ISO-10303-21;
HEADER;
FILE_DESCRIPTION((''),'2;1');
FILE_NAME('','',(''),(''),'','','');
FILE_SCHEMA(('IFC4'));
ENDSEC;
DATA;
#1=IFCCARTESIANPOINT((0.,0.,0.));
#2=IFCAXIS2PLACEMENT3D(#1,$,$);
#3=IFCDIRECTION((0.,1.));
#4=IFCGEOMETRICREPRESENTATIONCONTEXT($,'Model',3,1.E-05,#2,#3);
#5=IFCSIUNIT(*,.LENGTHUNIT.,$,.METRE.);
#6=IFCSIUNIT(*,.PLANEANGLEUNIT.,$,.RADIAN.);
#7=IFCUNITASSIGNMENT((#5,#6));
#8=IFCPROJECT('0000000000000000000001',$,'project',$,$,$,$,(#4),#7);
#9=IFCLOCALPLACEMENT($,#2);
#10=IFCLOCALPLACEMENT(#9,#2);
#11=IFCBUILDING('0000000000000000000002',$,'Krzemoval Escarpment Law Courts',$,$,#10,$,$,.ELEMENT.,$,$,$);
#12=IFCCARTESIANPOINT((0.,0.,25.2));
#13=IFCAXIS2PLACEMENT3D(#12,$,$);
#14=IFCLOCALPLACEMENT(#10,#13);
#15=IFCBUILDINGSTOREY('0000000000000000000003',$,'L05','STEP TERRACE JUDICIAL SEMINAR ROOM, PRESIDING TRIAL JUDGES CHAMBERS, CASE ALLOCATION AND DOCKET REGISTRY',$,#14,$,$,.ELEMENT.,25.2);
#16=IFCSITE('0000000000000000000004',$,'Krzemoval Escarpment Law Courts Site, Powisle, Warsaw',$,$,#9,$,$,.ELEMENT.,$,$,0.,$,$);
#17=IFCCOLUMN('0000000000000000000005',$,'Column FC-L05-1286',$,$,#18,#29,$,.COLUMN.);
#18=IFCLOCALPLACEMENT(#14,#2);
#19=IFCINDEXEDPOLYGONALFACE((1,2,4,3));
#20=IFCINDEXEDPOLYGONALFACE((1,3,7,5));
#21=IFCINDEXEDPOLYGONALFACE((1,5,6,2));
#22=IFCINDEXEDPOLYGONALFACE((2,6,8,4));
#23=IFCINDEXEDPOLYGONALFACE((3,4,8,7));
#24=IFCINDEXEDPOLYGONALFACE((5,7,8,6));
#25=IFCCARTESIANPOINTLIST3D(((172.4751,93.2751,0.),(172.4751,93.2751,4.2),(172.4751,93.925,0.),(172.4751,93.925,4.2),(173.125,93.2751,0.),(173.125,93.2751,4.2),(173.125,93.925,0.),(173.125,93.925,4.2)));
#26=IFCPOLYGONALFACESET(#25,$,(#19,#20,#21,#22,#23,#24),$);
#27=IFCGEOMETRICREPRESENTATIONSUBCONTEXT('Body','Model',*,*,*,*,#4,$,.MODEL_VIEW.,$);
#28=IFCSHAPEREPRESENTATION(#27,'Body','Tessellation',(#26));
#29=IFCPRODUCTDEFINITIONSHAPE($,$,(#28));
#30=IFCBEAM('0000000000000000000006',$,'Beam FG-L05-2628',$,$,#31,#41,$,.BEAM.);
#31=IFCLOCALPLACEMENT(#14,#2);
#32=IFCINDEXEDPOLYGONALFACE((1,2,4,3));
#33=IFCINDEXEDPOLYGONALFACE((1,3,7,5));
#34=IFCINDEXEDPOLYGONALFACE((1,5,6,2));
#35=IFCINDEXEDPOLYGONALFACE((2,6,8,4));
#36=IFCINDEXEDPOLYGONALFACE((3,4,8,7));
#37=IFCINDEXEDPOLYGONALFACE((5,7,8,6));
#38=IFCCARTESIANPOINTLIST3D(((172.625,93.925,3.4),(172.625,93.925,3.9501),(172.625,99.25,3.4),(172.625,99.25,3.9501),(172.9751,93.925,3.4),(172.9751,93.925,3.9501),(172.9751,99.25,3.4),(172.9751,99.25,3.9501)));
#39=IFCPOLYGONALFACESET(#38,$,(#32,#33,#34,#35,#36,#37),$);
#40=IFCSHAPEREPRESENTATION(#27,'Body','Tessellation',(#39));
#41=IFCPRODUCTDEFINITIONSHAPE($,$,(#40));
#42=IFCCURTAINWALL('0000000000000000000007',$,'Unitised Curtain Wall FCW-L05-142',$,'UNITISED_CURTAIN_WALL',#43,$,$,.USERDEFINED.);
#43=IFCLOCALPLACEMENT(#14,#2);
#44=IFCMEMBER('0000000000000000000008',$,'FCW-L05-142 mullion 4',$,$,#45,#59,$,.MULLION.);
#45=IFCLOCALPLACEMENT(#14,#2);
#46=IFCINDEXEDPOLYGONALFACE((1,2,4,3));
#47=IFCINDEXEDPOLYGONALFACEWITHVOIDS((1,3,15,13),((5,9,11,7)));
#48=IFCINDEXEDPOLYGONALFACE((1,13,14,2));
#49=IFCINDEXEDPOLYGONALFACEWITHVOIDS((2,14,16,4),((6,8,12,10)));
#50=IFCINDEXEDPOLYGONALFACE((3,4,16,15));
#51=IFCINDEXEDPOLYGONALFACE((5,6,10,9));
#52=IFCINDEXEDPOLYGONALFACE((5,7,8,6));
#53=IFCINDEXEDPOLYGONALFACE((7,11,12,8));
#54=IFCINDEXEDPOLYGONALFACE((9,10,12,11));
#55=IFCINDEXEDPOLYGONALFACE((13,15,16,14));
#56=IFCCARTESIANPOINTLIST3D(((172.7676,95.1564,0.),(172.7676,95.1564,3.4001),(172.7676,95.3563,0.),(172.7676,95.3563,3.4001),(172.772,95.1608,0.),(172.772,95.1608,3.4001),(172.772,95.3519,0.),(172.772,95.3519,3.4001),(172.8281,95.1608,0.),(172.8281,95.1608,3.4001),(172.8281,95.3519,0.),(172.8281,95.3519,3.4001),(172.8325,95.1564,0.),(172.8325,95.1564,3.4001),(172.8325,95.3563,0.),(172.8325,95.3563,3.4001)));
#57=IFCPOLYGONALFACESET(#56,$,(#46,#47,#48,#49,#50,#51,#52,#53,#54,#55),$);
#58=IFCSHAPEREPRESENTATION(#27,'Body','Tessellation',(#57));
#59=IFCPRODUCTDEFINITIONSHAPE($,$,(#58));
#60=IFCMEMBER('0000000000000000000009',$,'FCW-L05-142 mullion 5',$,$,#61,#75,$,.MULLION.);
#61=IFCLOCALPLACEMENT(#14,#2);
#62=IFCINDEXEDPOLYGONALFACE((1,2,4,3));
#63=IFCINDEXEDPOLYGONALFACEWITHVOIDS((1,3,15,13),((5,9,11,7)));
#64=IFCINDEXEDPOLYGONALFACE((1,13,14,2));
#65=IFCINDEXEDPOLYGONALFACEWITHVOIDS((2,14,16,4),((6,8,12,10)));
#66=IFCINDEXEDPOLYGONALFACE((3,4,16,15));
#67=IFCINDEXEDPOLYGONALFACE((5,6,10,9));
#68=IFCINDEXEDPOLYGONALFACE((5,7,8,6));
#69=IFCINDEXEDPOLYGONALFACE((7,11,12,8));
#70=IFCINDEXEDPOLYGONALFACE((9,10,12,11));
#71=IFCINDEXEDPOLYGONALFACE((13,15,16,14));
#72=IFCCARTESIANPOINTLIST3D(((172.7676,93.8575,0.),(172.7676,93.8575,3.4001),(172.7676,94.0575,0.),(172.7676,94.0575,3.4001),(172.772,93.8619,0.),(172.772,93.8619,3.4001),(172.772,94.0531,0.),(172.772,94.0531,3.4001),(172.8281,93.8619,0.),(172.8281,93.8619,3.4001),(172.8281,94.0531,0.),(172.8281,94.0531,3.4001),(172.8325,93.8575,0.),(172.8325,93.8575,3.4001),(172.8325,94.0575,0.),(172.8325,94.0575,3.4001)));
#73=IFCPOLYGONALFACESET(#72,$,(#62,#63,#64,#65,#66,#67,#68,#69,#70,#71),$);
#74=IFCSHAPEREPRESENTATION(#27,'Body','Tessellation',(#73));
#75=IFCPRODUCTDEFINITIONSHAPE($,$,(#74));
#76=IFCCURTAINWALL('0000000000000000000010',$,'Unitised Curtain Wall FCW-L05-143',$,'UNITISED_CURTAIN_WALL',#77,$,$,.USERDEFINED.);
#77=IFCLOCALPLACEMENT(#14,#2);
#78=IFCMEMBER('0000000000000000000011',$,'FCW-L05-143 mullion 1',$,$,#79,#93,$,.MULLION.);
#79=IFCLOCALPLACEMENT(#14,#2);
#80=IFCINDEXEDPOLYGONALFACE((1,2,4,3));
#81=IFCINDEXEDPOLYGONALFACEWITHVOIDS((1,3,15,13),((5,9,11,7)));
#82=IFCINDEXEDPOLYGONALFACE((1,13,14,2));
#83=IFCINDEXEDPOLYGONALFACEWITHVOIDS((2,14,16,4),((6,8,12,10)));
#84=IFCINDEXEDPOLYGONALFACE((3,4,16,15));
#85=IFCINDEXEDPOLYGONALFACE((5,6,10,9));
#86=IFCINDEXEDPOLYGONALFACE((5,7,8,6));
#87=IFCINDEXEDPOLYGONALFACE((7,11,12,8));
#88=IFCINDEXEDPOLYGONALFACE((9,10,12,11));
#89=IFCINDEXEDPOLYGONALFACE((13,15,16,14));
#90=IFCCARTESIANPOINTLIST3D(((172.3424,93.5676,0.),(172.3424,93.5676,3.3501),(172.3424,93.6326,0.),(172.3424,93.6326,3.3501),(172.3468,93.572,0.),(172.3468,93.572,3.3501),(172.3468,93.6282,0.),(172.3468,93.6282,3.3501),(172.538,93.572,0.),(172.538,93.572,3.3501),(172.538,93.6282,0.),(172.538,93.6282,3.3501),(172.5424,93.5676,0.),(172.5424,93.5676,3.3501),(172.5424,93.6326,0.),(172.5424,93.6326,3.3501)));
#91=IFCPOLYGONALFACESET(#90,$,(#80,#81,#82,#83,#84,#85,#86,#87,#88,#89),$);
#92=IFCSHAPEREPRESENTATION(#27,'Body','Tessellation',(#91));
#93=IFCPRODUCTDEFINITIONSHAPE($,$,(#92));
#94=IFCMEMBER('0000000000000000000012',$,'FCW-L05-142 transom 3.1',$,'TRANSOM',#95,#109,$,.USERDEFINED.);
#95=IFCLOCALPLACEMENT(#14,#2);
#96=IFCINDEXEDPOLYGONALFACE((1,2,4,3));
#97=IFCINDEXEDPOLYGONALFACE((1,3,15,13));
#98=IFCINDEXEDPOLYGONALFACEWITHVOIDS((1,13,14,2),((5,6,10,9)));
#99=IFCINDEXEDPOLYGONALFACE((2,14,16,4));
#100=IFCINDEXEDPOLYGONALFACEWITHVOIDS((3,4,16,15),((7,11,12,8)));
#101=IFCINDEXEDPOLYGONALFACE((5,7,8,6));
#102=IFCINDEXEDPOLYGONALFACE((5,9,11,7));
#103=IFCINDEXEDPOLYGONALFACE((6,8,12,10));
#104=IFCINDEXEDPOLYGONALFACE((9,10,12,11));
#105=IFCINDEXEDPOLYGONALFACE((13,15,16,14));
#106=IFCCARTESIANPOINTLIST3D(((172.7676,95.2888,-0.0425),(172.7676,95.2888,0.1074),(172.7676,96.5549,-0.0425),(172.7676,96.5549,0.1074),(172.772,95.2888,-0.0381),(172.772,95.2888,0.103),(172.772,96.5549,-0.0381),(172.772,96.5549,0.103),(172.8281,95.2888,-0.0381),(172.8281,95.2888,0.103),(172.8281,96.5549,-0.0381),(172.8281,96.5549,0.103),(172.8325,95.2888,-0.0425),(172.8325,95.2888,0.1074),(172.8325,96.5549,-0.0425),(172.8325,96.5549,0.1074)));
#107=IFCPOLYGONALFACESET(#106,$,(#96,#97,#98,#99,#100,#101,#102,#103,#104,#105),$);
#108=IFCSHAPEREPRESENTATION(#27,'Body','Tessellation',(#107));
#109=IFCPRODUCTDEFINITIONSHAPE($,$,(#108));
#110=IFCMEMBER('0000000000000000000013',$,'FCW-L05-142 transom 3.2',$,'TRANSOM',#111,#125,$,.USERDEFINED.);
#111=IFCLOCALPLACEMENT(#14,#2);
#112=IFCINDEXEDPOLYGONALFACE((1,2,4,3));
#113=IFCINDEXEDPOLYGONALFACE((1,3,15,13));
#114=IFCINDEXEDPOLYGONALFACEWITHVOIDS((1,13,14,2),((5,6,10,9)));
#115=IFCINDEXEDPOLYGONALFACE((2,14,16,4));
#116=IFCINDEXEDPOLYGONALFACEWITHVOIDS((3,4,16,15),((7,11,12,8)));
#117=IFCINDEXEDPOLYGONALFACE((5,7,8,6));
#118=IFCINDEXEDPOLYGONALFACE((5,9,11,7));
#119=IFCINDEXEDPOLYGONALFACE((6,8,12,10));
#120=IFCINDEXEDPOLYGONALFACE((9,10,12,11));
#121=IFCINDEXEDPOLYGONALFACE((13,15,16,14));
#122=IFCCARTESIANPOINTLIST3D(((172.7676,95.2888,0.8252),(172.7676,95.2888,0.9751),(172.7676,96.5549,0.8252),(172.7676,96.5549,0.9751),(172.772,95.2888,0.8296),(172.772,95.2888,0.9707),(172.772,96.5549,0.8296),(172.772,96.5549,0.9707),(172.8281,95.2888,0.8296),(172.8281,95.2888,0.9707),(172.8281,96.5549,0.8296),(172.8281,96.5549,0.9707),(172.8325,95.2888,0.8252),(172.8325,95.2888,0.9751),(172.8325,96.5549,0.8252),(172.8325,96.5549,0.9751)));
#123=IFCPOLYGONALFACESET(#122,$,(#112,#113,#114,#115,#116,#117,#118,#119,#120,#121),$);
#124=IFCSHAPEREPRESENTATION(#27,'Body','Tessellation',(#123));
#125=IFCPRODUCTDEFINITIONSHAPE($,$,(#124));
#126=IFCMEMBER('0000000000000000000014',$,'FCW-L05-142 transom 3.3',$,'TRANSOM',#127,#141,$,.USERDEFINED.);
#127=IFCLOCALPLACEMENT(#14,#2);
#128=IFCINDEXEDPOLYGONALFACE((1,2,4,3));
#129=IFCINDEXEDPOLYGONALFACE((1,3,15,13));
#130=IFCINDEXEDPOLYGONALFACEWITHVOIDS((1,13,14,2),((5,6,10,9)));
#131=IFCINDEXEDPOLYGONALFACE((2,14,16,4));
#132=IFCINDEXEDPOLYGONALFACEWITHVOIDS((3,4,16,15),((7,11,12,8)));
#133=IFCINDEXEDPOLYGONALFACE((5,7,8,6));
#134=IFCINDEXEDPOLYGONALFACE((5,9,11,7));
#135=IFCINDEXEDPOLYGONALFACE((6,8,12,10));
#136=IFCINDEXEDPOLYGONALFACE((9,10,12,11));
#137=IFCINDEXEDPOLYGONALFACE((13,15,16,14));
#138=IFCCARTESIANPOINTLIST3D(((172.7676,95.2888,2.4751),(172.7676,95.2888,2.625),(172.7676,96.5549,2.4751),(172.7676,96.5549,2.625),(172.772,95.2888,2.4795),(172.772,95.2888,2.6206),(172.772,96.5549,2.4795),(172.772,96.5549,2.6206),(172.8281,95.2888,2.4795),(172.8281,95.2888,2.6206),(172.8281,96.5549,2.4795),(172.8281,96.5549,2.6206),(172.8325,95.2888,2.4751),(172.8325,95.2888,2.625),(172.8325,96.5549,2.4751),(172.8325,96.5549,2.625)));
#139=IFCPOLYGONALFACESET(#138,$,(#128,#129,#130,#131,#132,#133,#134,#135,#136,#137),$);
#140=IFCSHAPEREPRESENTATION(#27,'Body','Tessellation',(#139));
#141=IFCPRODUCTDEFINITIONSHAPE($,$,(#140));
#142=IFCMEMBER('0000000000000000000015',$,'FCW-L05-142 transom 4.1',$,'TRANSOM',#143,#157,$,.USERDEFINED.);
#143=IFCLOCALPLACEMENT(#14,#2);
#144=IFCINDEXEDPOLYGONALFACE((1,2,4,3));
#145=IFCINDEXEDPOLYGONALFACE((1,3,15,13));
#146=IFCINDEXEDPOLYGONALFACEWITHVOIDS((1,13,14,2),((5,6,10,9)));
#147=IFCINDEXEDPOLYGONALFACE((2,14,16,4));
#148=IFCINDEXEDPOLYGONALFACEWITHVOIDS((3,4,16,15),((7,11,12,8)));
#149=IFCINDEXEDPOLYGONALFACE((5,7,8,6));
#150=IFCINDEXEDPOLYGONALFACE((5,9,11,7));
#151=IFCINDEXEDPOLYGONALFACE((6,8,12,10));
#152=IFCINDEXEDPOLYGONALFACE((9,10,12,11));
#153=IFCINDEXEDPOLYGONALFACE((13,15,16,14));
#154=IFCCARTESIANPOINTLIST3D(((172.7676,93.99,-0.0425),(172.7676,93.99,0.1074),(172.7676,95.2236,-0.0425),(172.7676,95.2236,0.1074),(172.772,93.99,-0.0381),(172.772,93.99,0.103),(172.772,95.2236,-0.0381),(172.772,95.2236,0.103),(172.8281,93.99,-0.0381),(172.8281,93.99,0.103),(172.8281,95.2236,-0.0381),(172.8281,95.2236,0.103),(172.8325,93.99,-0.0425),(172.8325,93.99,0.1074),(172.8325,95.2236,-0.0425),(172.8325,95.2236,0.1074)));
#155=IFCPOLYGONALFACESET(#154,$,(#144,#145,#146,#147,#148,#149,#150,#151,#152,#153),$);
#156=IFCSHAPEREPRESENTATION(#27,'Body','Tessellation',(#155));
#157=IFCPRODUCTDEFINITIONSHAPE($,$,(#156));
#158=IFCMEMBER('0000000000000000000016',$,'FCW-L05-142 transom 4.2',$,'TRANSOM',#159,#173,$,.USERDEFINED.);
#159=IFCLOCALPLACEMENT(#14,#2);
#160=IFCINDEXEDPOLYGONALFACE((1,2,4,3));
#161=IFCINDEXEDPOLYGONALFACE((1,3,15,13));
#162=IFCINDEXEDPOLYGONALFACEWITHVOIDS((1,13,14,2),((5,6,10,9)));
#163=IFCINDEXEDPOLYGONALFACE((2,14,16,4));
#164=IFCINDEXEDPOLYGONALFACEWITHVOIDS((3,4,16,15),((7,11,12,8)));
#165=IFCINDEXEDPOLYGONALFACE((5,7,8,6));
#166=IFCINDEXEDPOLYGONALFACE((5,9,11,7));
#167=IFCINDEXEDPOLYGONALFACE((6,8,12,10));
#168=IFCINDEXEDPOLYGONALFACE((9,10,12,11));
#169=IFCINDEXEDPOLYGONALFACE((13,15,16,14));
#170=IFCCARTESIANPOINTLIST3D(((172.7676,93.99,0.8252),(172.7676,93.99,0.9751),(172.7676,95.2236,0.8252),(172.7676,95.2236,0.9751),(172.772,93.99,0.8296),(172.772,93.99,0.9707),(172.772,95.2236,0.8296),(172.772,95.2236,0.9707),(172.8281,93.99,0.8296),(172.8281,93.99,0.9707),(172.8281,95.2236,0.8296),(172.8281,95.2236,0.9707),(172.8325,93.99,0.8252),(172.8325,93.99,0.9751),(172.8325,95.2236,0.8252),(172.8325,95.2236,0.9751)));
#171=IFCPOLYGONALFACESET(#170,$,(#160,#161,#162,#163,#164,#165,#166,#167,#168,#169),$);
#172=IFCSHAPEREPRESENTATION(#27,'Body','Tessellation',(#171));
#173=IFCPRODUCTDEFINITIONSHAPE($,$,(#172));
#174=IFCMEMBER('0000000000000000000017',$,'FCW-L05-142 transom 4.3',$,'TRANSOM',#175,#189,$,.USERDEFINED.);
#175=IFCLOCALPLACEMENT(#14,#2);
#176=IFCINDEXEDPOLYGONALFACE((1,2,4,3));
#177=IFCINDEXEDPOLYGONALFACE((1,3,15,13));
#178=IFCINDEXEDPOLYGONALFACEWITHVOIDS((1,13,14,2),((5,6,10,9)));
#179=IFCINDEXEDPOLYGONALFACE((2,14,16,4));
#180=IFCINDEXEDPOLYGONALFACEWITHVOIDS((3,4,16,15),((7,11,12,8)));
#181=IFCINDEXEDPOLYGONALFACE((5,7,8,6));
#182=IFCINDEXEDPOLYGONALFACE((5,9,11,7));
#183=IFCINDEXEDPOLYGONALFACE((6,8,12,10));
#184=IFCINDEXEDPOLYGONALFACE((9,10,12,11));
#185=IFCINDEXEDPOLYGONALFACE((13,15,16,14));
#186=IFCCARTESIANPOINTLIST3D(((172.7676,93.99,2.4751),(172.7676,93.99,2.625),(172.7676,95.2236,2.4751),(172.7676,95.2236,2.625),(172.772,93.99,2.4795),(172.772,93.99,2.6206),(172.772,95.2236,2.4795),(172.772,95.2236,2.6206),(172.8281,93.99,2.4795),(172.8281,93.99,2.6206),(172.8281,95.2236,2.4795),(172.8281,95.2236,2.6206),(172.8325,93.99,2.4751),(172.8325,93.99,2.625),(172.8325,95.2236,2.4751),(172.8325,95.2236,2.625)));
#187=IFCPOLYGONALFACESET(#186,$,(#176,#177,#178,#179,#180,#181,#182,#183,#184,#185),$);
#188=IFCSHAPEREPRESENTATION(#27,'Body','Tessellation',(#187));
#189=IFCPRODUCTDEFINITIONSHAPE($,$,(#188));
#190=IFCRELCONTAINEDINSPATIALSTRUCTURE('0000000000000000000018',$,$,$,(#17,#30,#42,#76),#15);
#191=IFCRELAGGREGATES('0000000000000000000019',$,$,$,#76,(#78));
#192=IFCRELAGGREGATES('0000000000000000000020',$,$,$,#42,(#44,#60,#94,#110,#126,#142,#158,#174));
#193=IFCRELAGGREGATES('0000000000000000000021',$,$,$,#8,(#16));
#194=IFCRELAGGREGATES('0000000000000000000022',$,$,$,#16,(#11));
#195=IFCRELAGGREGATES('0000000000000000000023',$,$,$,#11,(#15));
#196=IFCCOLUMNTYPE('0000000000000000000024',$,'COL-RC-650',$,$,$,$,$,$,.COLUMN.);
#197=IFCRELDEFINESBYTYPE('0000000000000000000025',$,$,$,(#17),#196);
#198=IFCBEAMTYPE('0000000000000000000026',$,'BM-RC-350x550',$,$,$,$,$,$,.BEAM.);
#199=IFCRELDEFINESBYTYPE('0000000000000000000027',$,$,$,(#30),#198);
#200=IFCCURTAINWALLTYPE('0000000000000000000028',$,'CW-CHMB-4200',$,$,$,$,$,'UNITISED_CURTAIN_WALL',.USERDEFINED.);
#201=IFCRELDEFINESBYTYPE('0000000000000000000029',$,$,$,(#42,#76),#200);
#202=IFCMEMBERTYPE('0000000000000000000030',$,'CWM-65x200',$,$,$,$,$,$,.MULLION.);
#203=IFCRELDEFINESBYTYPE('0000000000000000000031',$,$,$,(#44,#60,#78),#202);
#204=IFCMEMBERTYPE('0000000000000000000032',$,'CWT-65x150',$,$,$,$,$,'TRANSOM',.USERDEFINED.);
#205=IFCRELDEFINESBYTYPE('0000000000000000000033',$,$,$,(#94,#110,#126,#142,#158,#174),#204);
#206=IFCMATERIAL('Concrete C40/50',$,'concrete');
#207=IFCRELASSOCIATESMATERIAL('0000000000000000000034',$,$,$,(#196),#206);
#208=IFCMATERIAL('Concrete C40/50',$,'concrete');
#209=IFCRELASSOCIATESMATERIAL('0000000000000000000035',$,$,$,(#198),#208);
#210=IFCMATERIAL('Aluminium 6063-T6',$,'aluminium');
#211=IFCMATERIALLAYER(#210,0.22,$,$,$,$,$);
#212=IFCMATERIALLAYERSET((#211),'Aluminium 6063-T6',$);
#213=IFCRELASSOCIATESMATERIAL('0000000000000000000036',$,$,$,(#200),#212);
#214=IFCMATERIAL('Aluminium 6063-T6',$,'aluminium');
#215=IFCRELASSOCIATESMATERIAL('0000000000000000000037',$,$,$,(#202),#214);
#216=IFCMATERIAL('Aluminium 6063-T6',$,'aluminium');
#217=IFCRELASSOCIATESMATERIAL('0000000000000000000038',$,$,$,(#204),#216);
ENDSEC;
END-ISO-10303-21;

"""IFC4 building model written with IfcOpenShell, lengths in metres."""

from ifc_helpers import new_model, si_unit, direction, frame, origin, origin_2d, place, context, subcontext, project, spatial, rectangle, hollow_rectangle, extrude, material, layer, layer_set, material_profile, profile_set, type_object, element, aggregate, save


model = new_model("IFC4")

# Units and contexts
model_context = context("Model", 3, precision=1e-05, world=origin(), true_north=direction((0.0, 1.0)))
body_context = subcontext(model_context, "Body", "Model", "MODEL_VIEW")
ifc_project = project(units=[si_unit("LENGTHUNIT", "METRE"), si_unit("PLANEANGLEUNIT", "RADIAN")], contexts=[model_context])

# Site, building, storey
site_placement = place(None, origin())
site = spatial("IfcSite", under=ifc_project, at=site_placement, Name="Krzemoval Escarpment Law Courts Site, Powisle, Warsaw", CompositionType="ELEMENT", RefElevation=0.0)
building_placement = place(site_placement, origin())
building = spatial("IfcBuilding", under=site, at=building_placement, Name="Krzemoval Escarpment Law Courts", CompositionType="ELEMENT")
storey_placement = place(building_placement, frame((0.0, 0.0, 25.2)))
storey = spatial("IfcBuildingStorey", under=building, at=storey_placement, Name="L05", Description="STEP TERRACE JUDICIAL SEMINAR ROOM, PRESIDING TRIAL JUDGES CHAMBERS, CASE ALLOCATION AND DOCKET REGISTRY", CompositionType="ELEMENT", Elevation=25.2)

# Column
ifc_material_1 = material(Name="Concrete C40/50", Category="concrete")
ifc_material_profile_1 = material_profile(ifc_material_1, rectangle(XDim=0.6499, YDim=0.6499, at=origin_2d()), Name="RC 650x650")
ifc_profile_set_1 = profile_set([ifc_material_profile_1], Name="Concrete C40/50")
column_type = type_object("IfcColumnType", Name="COL-RC-650", PredefinedType="COLUMN", material=ifc_profile_set_1)
column_placement = place(storey_placement, frame((172.8, 93.6001, 0.0), z_axis=(0.0, 0.0, 1.0), x_axis=(1.0, 0.0, 0.0)))
element("IfcColumn", 1, at=column_placement, inside=storey, type_object=column_type, Name="Column FC-L05-1286", PredefinedType="COLUMN", context=body_context, shape_type="SweptSolid", body=[
    extrude(rectangle(XDim=0.6499, YDim=0.6499, at=origin_2d()), origin(), (0.0, 0.0, 1.0), 4.2),
])

# Beam
ifc_material_2 = material(Name="Concrete C40/50", Category="concrete")
ifc_material_profile_2 = material_profile(ifc_material_2, rectangle(XDim=0.3501, YDim=0.55, at=origin_2d()), Name="RCB 350x550")
ifc_profile_set_2 = profile_set([ifc_material_profile_2], Name="Concrete C40/50")
beam_type = type_object("IfcBeamType", Name="BM-RC-350x550", PredefinedType="BEAM", material=ifc_profile_set_2)
beam_placement = place(storey_placement, frame((172.8, 93.925, 3.675), z_axis=(0.0, 1.0, 0.0), x_axis=(-1.0, 0.0, 0.0)))
element("IfcBeam", 2, at=beam_placement, inside=storey, type_object=beam_type, Name="Beam FG-L05-2628", PredefinedType="BEAM", context=body_context, shape_type="SweptSolid", body=[
    extrude(rectangle(XDim=0.3501, YDim=0.55, at=origin_2d()), origin(), (0.0, 0.0, 1.0), 5.325),
])

# Curtain wall, members
ifc_material_3 = material(Name="Aluminium 6063-T6", Category="aluminium")
ifc_layer_1 = layer(ifc_material_3, 0.22)
ifc_layer_set_1 = layer_set([ifc_layer_1], Name="Aluminium 6063-T6")
curtain_wall_type = type_object("IfcCurtainWallType", Name="CW-CHMB-4200", ElementType="UNITISED_CURTAIN_WALL", PredefinedType="USERDEFINED", material=ifc_layer_set_1)
curtain_wall_1_placement = place(storey_placement, origin())
curtain_wall_1 = element("IfcCurtainWall", 3, at=curtain_wall_1_placement, inside=storey, type_object=curtain_wall_type, Name="Unitised Curtain Wall FCW-L05-142", ObjectType="UNITISED_CURTAIN_WALL", PredefinedType="USERDEFINED")
ifc_material_4 = material(Name="Aluminium 6063-T6", Category="aluminium")
ifc_material_profile_3 = material_profile(ifc_material_4, hollow_rectangle(XDim=0.0649, YDim=0.2, WallThickness=0.0044, at=origin_2d()), Name="ALU M65x200")
ifc_profile_set_3 = profile_set([ifc_material_profile_3], Name="Aluminium 6063-T6")
member_type_1 = type_object("IfcMemberType", Name="CWM-65x200", PredefinedType="MULLION", material=ifc_profile_set_3)
member_1_placement = place(storey_placement, frame((172.8, 95.2563, 0.0), z_axis=(0.0, 0.0, 1.0), x_axis=(1.0, 0.0, 0.0)))
member_1 = element("IfcMember", 4, at=member_1_placement, type_object=member_type_1, Name="FCW-L05-142 mullion 4", PredefinedType="MULLION", context=body_context, shape_type="SweptSolid", body=[
    extrude(hollow_rectangle(XDim=0.0649, YDim=0.2, WallThickness=0.0044, at=origin_2d()), origin(), (0.0, 0.0, 1.0), 3.4001),
])
member_2_placement = place(storey_placement, frame((172.8, 93.9575, 0.0), z_axis=(0.0, 0.0, 1.0), x_axis=(1.0, 0.0, 0.0)))
member_2 = element("IfcMember", 5, at=member_2_placement, type_object=member_type_1, Name="FCW-L05-142 mullion 5", PredefinedType="MULLION", context=body_context, shape_type="SweptSolid", body=[
    extrude(hollow_rectangle(XDim=0.0649, YDim=0.2, WallThickness=0.0044, at=origin_2d()), origin(), (0.0, 0.0, 1.0), 3.4001),
])

# Curtain wall, member
curtain_wall_2_placement = place(storey_placement, origin())
curtain_wall_2 = element("IfcCurtainWall", 6, at=curtain_wall_2_placement, inside=storey, type_object=curtain_wall_type, Name="Unitised Curtain Wall FCW-L05-143", ObjectType="UNITISED_CURTAIN_WALL", PredefinedType="USERDEFINED")
member_3_placement = place(storey_placement, frame((172.4424, 93.6001, 0.0), z_axis=(0.0, 0.0, 1.0), x_axis=(0.0, -1.0, 0.0)))
member_3 = element("IfcMember", 7, at=member_3_placement, type_object=member_type_1, Name="FCW-L05-143 mullion 1", PredefinedType="MULLION", context=body_context, shape_type="SweptSolid", body=[
    extrude(hollow_rectangle(XDim=0.0649, YDim=0.2, WallThickness=0.0044, at=origin_2d()), origin(), (0.0, 0.0, 1.0), 3.3501),
])

# Members
ifc_material_5 = material(Name="Aluminium 6063-T6", Category="aluminium")
ifc_material_profile_4 = material_profile(ifc_material_5, hollow_rectangle(XDim=0.0649, YDim=0.1499, WallThickness=0.0044, at=origin_2d()), Name="ALU T65x150")
ifc_profile_set_4 = profile_set([ifc_material_profile_4], Name="Aluminium 6063-T6")
member_type_2 = type_object("IfcMemberType", Name="CWT-65x150", ElementType="TRANSOM", PredefinedType="USERDEFINED", material=ifc_profile_set_4)
member_4_placement = place(storey_placement, frame((172.8, 96.5549, 0.0325), z_axis=(0.0, -1.0, 0.0), x_axis=(1.0, 0.0, 0.0)))
member_4 = element("IfcMember", 8, at=member_4_placement, type_object=member_type_2, Name="FCW-L05-142 transom 3.1", ObjectType="TRANSOM", PredefinedType="USERDEFINED", context=body_context, shape_type="SweptSolid", body=[
    extrude(hollow_rectangle(XDim=0.0649, YDim=0.1499, WallThickness=0.0044, at=origin_2d()), origin(), (0.0, 0.0, 1.0), 1.2661),
])
member_5_placement = place(storey_placement, frame((172.8, 96.5549, 0.9001), z_axis=(0.0, -1.0, 0.0), x_axis=(1.0, 0.0, 0.0)))
member_5 = element("IfcMember", 9, at=member_5_placement, type_object=member_type_2, Name="FCW-L05-142 transom 3.2", ObjectType="TRANSOM", PredefinedType="USERDEFINED", context=body_context, shape_type="SweptSolid", body=[
    extrude(hollow_rectangle(XDim=0.0649, YDim=0.1499, WallThickness=0.0044, at=origin_2d()), origin(), (0.0, 0.0, 1.0), 1.2661),
])
member_6_placement = place(storey_placement, frame((172.8, 96.5549, 2.55), z_axis=(0.0, -1.0, 0.0), x_axis=(1.0, 0.0, 0.0)))
member_6 = element("IfcMember", 10, at=member_6_placement, type_object=member_type_2, Name="FCW-L05-142 transom 3.3", ObjectType="TRANSOM", PredefinedType="USERDEFINED", context=body_context, shape_type="SweptSolid", body=[
    extrude(hollow_rectangle(XDim=0.0649, YDim=0.1499, WallThickness=0.0044, at=origin_2d()), origin(), (0.0, 0.0, 1.0), 1.2661),
])
member_7_placement = place(storey_placement, frame((172.8, 95.2236, 0.0325), z_axis=(0.0, -1.0, 0.0), x_axis=(1.0, 0.0, 0.0)))
member_7 = element("IfcMember", 11, at=member_7_placement, type_object=member_type_2, Name="FCW-L05-142 transom 4.1", ObjectType="TRANSOM", PredefinedType="USERDEFINED", context=body_context, shape_type="SweptSolid", body=[
    extrude(hollow_rectangle(XDim=0.0649, YDim=0.1499, WallThickness=0.0044, at=origin_2d()), origin(), (0.0, 0.0, 1.0), 1.2336),
])
member_8_placement = place(storey_placement, frame((172.8, 95.2236, 0.9001), z_axis=(0.0, -1.0, 0.0), x_axis=(1.0, 0.0, 0.0)))
member_8 = element("IfcMember", 12, at=member_8_placement, type_object=member_type_2, Name="FCW-L05-142 transom 4.2", ObjectType="TRANSOM", PredefinedType="USERDEFINED", context=body_context, shape_type="SweptSolid", body=[
    extrude(hollow_rectangle(XDim=0.0649, YDim=0.1499, WallThickness=0.0044, at=origin_2d()), origin(), (0.0, 0.0, 1.0), 1.2336),
])
member_9_placement = place(storey_placement, frame((172.8, 95.2236, 2.55), z_axis=(0.0, -1.0, 0.0), x_axis=(1.0, 0.0, 0.0)))
member_9 = element("IfcMember", 13, at=member_9_placement, type_object=member_type_2, Name="FCW-L05-142 transom 4.3", ObjectType="TRANSOM", PredefinedType="USERDEFINED", context=body_context, shape_type="SweptSolid", body=[
    extrude(hollow_rectangle(XDim=0.0649, YDim=0.1499, WallThickness=0.0044, at=origin_2d()), origin(), (0.0, 0.0, 1.0), 1.2336),
])
aggregate(curtain_wall_2, [member_3])

aggregate(curtain_wall_1, [member_1, member_2, member_4, member_5, member_6, member_7, member_8, member_9])

save(model, "model.ifc")
